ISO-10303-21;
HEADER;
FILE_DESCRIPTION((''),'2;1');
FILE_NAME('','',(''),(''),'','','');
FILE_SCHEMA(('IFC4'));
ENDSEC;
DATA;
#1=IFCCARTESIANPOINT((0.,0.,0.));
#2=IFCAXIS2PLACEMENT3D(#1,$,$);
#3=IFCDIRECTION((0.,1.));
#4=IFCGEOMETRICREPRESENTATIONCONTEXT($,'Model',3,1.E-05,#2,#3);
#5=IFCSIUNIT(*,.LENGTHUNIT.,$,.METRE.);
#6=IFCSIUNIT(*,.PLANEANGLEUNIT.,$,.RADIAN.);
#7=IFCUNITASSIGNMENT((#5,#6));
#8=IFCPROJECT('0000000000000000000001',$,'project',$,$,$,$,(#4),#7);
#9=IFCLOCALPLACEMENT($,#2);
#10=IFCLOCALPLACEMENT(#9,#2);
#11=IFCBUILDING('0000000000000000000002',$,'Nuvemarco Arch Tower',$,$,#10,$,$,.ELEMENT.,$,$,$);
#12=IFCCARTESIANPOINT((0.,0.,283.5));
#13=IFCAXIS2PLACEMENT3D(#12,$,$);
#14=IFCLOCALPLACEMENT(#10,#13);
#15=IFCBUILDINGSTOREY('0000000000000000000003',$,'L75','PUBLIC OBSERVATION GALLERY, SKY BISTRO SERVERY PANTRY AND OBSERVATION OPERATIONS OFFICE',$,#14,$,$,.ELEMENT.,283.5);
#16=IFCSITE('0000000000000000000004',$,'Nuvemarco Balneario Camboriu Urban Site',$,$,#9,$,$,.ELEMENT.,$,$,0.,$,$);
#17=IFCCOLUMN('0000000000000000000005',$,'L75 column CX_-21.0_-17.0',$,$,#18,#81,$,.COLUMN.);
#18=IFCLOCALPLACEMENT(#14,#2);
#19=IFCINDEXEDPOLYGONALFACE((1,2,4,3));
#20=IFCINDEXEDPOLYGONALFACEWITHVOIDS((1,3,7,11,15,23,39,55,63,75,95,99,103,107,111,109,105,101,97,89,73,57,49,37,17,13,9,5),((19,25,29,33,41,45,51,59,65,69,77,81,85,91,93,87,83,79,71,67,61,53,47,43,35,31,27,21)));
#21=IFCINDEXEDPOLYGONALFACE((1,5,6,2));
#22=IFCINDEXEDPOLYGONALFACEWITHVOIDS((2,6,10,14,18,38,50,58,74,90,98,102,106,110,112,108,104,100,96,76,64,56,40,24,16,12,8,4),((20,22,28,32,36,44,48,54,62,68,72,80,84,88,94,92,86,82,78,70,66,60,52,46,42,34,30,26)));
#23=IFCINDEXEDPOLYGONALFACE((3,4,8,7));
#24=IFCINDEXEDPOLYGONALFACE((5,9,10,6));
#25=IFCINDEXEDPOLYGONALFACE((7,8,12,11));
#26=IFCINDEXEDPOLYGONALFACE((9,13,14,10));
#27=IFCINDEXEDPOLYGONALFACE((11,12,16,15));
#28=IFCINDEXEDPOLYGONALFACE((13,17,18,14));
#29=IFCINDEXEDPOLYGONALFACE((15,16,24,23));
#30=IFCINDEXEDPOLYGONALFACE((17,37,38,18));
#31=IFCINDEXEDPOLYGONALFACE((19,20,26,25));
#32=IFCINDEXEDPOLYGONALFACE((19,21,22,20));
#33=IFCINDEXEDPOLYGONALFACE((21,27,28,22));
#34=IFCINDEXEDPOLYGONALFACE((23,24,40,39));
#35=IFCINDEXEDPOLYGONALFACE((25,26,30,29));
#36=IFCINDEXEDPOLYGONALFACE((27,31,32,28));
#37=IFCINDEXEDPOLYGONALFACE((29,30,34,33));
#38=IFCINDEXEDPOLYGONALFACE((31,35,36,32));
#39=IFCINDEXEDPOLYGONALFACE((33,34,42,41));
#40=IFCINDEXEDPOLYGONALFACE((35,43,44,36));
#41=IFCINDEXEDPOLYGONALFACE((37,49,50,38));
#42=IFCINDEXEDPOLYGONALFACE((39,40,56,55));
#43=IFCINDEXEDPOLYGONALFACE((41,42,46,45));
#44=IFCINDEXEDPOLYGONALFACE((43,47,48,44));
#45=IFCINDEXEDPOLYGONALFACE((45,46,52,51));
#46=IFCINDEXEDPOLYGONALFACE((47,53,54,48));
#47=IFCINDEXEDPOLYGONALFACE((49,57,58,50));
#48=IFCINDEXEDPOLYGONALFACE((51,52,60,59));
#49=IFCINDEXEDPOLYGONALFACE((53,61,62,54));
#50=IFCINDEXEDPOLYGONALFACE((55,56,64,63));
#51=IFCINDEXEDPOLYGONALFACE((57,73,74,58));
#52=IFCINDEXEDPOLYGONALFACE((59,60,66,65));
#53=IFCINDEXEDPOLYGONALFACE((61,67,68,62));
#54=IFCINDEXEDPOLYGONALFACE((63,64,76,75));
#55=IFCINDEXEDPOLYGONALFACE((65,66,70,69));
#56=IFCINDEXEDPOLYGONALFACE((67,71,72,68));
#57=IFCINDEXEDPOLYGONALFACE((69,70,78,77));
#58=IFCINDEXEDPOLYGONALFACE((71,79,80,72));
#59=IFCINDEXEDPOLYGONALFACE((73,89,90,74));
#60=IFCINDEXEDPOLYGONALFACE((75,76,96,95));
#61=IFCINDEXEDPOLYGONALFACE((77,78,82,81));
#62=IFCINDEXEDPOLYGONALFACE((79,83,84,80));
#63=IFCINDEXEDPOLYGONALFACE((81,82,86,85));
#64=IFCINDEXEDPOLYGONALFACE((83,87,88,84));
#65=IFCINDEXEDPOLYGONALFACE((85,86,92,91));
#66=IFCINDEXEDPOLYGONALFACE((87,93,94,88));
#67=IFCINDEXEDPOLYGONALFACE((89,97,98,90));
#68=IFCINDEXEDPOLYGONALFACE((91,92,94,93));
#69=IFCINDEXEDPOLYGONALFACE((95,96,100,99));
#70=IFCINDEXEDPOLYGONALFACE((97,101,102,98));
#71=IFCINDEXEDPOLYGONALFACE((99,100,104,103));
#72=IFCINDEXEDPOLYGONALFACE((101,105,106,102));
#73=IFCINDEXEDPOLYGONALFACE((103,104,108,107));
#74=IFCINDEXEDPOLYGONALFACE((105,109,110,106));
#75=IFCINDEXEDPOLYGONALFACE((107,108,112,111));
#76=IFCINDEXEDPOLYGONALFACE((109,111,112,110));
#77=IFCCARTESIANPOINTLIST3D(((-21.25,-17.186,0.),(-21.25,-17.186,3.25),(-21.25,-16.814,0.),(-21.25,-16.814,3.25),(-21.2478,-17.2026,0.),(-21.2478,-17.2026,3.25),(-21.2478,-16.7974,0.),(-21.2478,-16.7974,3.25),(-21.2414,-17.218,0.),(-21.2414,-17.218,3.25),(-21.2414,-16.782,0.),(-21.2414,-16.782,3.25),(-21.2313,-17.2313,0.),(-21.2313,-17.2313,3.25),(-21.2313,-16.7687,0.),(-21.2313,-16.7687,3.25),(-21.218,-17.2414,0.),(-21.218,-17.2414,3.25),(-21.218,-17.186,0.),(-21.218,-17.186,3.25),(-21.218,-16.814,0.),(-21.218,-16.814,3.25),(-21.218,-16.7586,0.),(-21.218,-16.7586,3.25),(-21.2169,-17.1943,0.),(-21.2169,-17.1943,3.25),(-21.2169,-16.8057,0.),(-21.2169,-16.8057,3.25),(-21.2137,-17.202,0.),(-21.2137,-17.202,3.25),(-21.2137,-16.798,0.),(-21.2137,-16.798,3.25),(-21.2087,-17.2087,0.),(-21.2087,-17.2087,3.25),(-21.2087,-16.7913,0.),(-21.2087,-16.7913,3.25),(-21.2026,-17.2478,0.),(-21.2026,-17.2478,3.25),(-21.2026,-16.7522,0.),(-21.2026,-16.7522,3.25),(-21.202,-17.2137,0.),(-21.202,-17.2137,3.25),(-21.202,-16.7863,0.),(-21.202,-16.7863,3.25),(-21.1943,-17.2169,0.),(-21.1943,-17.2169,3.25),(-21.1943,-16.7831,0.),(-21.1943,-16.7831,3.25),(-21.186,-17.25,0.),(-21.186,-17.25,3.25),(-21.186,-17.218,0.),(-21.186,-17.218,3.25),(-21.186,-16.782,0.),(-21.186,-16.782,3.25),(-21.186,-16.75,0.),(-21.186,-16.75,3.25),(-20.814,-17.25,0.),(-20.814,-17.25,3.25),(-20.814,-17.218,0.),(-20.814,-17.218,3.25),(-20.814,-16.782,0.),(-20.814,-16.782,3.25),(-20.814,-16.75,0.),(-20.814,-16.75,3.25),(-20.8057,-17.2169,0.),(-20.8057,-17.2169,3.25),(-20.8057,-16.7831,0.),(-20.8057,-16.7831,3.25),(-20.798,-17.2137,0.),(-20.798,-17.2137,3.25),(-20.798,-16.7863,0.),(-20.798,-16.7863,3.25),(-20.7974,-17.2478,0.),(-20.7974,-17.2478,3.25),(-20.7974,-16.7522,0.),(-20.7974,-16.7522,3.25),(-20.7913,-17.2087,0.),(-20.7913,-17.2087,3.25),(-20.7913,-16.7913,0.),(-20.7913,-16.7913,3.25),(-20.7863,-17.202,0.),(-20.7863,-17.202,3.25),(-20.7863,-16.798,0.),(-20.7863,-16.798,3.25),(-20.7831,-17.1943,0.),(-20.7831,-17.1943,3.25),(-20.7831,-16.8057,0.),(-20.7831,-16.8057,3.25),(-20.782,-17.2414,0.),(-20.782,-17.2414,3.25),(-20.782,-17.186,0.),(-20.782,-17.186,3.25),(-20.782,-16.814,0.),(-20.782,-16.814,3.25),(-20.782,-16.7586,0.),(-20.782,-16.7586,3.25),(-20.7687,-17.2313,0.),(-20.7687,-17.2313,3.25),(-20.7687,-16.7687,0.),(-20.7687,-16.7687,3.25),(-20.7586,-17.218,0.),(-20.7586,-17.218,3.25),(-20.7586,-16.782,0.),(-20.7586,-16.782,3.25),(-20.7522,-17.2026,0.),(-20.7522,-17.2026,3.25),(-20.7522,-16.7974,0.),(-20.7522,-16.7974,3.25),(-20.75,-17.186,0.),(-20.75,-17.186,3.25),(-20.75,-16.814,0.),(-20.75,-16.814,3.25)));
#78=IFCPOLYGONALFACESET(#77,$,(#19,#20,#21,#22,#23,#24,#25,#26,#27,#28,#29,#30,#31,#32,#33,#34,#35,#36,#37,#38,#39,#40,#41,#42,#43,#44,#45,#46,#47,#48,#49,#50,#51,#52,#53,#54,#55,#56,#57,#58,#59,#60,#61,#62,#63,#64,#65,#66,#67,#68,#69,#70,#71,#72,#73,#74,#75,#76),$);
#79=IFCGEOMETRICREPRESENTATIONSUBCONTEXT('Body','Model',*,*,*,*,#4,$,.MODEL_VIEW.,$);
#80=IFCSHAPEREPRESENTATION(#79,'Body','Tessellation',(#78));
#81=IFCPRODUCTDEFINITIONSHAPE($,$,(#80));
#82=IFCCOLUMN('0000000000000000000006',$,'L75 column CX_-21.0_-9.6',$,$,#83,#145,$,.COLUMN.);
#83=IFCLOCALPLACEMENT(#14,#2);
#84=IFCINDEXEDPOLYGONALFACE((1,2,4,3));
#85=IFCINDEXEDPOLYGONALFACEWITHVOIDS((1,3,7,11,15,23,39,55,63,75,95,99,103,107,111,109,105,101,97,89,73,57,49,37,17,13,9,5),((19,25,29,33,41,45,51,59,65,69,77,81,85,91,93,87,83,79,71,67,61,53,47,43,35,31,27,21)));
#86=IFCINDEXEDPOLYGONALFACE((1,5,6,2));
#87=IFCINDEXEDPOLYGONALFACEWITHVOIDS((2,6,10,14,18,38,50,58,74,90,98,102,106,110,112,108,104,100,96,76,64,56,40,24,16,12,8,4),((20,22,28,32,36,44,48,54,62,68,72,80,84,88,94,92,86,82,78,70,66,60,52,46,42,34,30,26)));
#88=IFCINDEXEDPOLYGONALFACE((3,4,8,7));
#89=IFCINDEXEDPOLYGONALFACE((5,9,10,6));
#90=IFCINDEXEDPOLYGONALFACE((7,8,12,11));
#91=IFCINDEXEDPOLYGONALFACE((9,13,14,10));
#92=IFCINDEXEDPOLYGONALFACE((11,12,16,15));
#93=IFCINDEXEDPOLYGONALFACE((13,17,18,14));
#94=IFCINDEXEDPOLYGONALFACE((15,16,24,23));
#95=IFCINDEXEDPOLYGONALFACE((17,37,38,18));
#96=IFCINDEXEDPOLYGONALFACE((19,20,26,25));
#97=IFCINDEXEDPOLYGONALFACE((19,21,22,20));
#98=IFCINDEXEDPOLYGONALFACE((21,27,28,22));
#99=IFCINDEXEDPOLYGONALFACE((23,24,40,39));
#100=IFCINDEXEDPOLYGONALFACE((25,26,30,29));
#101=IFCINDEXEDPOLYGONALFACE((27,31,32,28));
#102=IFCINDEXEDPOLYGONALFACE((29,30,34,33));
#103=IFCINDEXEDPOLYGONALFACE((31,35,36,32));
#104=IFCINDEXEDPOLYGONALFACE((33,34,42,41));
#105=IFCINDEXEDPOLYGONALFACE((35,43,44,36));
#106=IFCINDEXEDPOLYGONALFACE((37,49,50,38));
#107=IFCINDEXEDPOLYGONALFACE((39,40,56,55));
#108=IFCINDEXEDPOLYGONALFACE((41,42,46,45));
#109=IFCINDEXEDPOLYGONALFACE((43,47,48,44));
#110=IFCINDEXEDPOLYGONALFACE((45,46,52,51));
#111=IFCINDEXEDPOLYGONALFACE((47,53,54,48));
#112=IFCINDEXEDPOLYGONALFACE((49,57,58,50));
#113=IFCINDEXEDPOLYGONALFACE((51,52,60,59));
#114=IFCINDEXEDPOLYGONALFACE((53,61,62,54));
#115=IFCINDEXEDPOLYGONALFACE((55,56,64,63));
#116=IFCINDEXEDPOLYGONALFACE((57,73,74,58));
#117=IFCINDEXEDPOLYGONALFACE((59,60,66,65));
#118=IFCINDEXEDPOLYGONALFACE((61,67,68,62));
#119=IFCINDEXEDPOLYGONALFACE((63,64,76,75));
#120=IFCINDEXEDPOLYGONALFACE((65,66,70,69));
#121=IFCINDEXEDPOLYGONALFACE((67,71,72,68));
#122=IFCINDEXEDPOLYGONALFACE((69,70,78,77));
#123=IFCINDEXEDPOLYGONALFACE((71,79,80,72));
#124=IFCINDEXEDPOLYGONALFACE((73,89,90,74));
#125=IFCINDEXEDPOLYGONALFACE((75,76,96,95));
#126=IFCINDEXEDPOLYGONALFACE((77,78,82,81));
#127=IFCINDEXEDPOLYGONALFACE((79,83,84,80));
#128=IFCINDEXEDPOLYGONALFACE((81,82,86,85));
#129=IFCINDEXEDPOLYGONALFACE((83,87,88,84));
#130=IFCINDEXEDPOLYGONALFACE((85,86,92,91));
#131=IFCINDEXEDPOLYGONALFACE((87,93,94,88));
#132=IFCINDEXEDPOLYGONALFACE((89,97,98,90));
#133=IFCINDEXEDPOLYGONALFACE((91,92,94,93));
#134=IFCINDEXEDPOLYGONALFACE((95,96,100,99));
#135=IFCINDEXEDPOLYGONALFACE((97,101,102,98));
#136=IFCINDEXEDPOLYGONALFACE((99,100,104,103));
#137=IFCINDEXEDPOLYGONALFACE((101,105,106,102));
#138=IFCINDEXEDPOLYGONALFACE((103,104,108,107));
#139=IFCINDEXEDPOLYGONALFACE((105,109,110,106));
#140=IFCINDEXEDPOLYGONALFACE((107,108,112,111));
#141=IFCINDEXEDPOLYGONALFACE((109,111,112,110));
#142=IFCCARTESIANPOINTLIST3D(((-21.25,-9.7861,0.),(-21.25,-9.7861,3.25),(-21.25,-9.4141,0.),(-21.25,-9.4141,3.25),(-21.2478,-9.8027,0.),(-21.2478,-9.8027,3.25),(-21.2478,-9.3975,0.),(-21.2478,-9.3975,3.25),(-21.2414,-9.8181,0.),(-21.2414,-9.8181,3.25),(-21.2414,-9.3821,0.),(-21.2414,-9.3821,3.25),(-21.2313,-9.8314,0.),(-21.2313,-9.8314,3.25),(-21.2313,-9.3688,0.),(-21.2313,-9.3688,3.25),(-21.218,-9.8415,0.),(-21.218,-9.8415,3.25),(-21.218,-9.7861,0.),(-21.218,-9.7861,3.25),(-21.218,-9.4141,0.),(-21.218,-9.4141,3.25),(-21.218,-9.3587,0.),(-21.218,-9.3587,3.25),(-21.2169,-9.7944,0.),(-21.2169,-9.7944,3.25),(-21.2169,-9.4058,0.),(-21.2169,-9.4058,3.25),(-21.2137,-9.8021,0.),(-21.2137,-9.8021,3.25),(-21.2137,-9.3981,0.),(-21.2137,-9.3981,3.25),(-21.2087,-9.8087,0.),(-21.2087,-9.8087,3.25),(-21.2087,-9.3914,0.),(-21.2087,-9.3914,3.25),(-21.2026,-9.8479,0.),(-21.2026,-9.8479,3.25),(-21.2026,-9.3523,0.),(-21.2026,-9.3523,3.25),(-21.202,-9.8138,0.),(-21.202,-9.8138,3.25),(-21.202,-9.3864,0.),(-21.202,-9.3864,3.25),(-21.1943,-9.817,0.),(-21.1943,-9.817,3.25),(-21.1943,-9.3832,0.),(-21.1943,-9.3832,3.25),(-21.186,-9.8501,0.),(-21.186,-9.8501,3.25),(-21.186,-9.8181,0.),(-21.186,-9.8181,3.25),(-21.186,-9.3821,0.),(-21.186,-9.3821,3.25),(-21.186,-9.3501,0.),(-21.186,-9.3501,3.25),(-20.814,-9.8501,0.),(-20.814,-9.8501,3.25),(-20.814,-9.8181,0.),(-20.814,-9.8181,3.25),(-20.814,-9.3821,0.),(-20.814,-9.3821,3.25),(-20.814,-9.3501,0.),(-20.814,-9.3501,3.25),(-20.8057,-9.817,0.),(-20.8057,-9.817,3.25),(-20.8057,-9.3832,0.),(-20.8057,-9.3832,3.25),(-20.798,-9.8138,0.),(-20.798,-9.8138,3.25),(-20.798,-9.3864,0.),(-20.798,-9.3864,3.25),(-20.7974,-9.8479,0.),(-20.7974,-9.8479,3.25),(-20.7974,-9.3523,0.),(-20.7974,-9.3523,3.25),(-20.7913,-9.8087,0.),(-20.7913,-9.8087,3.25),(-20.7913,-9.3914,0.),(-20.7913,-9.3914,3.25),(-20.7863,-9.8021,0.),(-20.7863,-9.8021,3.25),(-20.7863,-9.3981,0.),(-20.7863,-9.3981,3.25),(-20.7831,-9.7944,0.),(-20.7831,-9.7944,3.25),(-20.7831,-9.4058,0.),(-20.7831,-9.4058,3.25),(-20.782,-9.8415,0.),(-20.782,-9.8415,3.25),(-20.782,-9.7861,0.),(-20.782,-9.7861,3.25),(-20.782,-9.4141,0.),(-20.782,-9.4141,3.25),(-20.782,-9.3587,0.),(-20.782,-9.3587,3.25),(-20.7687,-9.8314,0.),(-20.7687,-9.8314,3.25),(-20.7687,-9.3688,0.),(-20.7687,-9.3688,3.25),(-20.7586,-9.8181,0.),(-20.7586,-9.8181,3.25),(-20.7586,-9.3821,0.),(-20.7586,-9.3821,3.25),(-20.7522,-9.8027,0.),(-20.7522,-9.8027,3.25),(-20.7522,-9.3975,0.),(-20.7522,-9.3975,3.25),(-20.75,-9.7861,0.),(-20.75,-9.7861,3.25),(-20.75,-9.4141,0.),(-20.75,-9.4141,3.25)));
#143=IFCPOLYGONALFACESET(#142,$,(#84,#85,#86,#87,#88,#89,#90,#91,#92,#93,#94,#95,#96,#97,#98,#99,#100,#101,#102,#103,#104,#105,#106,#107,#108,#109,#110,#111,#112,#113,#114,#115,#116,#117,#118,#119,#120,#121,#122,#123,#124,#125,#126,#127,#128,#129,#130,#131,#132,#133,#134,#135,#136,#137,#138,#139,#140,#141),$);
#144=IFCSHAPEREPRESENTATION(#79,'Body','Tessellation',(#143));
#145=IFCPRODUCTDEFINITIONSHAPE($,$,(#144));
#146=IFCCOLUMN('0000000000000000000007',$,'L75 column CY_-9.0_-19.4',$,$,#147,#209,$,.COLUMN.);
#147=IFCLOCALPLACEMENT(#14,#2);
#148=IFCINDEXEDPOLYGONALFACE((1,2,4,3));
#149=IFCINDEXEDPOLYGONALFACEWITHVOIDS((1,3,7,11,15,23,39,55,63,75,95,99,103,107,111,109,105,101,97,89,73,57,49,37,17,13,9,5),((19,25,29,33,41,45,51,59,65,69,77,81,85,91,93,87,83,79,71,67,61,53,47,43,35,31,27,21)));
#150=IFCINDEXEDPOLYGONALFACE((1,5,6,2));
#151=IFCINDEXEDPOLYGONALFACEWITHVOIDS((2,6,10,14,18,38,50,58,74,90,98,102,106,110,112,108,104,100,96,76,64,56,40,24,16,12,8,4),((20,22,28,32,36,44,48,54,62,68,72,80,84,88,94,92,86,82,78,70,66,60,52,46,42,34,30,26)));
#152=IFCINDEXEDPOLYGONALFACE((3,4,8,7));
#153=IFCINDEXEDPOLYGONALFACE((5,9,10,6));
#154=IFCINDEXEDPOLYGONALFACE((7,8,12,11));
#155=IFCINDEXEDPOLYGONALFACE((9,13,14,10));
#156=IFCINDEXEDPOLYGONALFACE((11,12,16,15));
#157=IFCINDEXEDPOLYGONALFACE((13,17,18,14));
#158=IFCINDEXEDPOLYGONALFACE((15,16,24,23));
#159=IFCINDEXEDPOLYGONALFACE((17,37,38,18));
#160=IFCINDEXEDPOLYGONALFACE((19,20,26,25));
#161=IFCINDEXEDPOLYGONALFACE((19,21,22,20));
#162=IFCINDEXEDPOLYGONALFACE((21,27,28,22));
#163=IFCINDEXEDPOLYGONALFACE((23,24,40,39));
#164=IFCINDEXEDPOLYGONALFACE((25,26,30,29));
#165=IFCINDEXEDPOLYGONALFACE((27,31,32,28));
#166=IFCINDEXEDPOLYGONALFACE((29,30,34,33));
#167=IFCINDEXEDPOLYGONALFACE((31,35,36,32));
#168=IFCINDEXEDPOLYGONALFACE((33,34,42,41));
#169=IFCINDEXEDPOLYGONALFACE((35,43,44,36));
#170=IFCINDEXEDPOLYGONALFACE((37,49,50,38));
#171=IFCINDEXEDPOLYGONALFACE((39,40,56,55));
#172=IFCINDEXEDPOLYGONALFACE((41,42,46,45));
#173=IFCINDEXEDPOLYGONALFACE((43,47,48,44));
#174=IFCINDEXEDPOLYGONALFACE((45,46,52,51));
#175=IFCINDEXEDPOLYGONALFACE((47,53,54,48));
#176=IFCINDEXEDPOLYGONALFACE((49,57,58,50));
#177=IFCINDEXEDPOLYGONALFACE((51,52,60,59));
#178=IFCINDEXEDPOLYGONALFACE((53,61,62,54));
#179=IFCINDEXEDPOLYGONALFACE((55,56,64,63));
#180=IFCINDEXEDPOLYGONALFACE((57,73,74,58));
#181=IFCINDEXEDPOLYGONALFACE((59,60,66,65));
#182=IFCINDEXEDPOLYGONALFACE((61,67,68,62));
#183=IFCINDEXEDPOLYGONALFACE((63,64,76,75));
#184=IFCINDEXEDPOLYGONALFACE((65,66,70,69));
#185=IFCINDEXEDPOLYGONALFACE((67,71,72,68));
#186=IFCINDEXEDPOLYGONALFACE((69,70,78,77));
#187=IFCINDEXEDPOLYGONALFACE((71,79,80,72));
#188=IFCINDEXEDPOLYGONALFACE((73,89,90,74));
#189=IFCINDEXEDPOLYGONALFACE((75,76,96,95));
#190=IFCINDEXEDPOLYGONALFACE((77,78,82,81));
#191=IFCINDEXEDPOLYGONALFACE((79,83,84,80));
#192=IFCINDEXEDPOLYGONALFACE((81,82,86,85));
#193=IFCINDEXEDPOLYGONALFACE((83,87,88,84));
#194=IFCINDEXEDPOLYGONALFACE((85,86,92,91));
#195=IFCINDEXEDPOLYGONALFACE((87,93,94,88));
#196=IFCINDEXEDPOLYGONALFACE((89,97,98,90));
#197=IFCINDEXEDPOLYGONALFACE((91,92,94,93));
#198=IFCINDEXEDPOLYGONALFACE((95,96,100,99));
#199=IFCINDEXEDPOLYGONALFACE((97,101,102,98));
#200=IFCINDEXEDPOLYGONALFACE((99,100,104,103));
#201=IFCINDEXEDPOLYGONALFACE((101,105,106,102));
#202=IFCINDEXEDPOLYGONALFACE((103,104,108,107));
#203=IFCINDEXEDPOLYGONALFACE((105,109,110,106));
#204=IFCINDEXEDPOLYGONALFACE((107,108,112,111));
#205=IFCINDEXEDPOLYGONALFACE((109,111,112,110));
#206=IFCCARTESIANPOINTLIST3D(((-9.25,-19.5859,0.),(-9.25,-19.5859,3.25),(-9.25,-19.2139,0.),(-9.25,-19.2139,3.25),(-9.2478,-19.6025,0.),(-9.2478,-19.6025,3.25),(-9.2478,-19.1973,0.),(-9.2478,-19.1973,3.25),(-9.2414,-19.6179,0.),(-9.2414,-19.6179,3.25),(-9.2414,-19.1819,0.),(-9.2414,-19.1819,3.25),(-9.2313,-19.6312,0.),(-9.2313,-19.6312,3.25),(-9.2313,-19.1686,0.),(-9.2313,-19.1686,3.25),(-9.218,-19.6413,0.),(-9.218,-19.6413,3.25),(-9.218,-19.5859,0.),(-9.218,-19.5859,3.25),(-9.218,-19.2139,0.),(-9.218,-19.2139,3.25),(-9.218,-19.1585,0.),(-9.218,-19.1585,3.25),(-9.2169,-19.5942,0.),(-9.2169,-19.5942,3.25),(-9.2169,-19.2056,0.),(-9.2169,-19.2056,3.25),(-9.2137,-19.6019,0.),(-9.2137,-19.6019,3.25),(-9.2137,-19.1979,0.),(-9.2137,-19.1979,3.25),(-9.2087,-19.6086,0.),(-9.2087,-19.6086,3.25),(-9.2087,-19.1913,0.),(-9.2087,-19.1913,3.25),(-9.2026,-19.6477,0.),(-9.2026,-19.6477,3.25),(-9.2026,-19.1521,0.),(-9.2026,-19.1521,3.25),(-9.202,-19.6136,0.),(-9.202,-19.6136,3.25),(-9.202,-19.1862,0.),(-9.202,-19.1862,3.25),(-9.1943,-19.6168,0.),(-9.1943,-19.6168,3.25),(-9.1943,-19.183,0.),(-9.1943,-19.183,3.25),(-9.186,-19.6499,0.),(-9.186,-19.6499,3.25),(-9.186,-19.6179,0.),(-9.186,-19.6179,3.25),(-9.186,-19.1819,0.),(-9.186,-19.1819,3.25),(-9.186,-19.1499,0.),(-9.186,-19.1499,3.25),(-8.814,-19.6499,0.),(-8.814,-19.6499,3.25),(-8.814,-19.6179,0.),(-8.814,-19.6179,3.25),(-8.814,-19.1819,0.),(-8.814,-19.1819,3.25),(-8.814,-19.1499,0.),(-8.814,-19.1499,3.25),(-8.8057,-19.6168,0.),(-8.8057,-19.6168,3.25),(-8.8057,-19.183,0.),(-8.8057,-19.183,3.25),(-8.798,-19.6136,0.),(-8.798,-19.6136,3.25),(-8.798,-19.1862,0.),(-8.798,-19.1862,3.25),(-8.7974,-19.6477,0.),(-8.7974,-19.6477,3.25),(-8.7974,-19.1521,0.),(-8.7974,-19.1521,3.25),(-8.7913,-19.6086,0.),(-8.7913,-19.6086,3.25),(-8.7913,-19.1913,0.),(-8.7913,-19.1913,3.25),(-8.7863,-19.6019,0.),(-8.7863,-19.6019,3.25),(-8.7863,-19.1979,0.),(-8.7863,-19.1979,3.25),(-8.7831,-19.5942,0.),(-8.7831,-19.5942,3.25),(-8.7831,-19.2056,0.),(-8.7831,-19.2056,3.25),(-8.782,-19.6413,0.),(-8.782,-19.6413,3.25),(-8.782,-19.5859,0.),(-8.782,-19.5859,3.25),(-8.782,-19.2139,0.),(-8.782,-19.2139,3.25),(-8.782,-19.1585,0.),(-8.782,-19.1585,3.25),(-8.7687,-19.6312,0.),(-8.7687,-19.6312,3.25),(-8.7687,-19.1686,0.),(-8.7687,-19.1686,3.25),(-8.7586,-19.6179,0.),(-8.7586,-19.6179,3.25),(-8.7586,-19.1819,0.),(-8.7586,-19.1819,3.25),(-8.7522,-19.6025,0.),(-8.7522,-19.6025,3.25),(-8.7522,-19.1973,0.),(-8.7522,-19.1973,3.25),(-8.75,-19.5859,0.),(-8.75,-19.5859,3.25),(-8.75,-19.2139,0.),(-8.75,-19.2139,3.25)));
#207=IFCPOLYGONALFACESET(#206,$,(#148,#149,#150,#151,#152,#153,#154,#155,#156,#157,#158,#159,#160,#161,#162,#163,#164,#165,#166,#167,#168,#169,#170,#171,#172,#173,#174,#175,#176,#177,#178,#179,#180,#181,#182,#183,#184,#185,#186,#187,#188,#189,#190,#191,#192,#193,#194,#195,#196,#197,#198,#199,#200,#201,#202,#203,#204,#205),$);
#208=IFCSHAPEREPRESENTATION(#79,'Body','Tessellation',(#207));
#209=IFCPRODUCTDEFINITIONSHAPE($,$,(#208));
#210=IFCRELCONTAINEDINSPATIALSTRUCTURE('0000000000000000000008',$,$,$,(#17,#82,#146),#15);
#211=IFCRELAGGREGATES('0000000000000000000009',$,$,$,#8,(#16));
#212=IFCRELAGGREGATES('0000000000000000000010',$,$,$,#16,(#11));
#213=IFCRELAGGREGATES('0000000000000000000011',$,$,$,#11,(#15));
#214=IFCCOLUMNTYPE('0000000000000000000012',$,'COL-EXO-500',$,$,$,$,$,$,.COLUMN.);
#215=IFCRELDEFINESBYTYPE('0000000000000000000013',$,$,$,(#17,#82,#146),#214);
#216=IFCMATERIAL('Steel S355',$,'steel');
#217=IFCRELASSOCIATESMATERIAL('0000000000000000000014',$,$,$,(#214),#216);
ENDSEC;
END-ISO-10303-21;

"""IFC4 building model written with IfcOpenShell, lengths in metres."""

from ifc_helpers import new_model, si_unit, direction, frame, origin, origin_2d, place, context, subcontext, project, spatial, hollow_rectangle, extrude, material, material_profile, profile_set, type_object, element, save


model = new_model("IFC4")

# Units and contexts
model_context = context("Model", 3, precision=1e-05, world=origin(), true_north=direction((0.0, 1.0)))
body_context = subcontext(model_context, "Body", "Model", "MODEL_VIEW")
ifc_project = project(units=[si_unit("LENGTHUNIT", "METRE"), si_unit("PLANEANGLEUNIT", "RADIAN")], contexts=[model_context])

# Site, building, storey
site_placement = place(None, origin())
site = spatial("IfcSite", under=ifc_project, at=site_placement, Name="Nuvemarco Balneario Camboriu Urban Site", CompositionType="ELEMENT", RefElevation=0.0)
building_placement = place(site_placement, origin())
building = spatial("IfcBuilding", under=site, at=building_placement, Name="Nuvemarco Arch Tower", CompositionType="ELEMENT")
storey_placement = place(building_placement, frame((0.0, 0.0, 283.5)))
storey = spatial("IfcBuildingStorey", under=building, at=storey_placement, Name="L75", Description="PUBLIC OBSERVATION GALLERY, SKY BISTRO SERVERY PANTRY AND OBSERVATION OPERATIONS OFFICE", CompositionType="ELEMENT", Elevation=283.5)

# Columns
ifc_material_1 = material(Name="Steel S355", Category="steel")
ifc_material_profile_1 = material_profile(ifc_material_1, hollow_rectangle(XDim=0.5, YDim=0.5, WallThickness=0.032, InnerFilletRadius=0.032, OuterFilletRadius=0.064, at=origin_2d()), Name="SHS500x500x32")
ifc_profile_set_1 = profile_set([ifc_material_profile_1], Name="Steel S355")
column_type_1 = type_object("IfcColumnType", Name="COL-EXO-500", PredefinedType="COLUMN", material=ifc_profile_set_1)
for number, where, z_axis, x_axis, name in (
    (1, (-21.0, -17.0, 0.0), (0.0, 0.0, 1.0), (1.0, 0.0, 0.0), "L75 column CX_-21.0_-17.0"),
    (2, (-21.0, -9.6001, 0.0), (0.0, 0.0, 1.0), (1.0, 0.0, 0.0), "L75 column CX_-21.0_-9.6"),
    (3, (-9.0, -19.3999, 0.0), (0.0, 0.0, 1.0), (1.0, 0.0, 0.0), "L75 column CY_-9.0_-19.4"),
):
    element("IfcColumn", number, at=place(storey_placement, frame(where, z_axis=z_axis, x_axis=x_axis)), inside=storey, type_object=column_type_1, Name=name, PredefinedType="COLUMN", context=body_context, shape_type="SweptSolid", body=[
        extrude(hollow_rectangle(XDim=0.5, YDim=0.5, WallThickness=0.032, InnerFilletRadius=0.032, OuterFilletRadius=0.064, at=origin_2d()), origin(), (0.0, 0.0, 1.0), 3.25),
    ])

save(model, "model.ifc")
